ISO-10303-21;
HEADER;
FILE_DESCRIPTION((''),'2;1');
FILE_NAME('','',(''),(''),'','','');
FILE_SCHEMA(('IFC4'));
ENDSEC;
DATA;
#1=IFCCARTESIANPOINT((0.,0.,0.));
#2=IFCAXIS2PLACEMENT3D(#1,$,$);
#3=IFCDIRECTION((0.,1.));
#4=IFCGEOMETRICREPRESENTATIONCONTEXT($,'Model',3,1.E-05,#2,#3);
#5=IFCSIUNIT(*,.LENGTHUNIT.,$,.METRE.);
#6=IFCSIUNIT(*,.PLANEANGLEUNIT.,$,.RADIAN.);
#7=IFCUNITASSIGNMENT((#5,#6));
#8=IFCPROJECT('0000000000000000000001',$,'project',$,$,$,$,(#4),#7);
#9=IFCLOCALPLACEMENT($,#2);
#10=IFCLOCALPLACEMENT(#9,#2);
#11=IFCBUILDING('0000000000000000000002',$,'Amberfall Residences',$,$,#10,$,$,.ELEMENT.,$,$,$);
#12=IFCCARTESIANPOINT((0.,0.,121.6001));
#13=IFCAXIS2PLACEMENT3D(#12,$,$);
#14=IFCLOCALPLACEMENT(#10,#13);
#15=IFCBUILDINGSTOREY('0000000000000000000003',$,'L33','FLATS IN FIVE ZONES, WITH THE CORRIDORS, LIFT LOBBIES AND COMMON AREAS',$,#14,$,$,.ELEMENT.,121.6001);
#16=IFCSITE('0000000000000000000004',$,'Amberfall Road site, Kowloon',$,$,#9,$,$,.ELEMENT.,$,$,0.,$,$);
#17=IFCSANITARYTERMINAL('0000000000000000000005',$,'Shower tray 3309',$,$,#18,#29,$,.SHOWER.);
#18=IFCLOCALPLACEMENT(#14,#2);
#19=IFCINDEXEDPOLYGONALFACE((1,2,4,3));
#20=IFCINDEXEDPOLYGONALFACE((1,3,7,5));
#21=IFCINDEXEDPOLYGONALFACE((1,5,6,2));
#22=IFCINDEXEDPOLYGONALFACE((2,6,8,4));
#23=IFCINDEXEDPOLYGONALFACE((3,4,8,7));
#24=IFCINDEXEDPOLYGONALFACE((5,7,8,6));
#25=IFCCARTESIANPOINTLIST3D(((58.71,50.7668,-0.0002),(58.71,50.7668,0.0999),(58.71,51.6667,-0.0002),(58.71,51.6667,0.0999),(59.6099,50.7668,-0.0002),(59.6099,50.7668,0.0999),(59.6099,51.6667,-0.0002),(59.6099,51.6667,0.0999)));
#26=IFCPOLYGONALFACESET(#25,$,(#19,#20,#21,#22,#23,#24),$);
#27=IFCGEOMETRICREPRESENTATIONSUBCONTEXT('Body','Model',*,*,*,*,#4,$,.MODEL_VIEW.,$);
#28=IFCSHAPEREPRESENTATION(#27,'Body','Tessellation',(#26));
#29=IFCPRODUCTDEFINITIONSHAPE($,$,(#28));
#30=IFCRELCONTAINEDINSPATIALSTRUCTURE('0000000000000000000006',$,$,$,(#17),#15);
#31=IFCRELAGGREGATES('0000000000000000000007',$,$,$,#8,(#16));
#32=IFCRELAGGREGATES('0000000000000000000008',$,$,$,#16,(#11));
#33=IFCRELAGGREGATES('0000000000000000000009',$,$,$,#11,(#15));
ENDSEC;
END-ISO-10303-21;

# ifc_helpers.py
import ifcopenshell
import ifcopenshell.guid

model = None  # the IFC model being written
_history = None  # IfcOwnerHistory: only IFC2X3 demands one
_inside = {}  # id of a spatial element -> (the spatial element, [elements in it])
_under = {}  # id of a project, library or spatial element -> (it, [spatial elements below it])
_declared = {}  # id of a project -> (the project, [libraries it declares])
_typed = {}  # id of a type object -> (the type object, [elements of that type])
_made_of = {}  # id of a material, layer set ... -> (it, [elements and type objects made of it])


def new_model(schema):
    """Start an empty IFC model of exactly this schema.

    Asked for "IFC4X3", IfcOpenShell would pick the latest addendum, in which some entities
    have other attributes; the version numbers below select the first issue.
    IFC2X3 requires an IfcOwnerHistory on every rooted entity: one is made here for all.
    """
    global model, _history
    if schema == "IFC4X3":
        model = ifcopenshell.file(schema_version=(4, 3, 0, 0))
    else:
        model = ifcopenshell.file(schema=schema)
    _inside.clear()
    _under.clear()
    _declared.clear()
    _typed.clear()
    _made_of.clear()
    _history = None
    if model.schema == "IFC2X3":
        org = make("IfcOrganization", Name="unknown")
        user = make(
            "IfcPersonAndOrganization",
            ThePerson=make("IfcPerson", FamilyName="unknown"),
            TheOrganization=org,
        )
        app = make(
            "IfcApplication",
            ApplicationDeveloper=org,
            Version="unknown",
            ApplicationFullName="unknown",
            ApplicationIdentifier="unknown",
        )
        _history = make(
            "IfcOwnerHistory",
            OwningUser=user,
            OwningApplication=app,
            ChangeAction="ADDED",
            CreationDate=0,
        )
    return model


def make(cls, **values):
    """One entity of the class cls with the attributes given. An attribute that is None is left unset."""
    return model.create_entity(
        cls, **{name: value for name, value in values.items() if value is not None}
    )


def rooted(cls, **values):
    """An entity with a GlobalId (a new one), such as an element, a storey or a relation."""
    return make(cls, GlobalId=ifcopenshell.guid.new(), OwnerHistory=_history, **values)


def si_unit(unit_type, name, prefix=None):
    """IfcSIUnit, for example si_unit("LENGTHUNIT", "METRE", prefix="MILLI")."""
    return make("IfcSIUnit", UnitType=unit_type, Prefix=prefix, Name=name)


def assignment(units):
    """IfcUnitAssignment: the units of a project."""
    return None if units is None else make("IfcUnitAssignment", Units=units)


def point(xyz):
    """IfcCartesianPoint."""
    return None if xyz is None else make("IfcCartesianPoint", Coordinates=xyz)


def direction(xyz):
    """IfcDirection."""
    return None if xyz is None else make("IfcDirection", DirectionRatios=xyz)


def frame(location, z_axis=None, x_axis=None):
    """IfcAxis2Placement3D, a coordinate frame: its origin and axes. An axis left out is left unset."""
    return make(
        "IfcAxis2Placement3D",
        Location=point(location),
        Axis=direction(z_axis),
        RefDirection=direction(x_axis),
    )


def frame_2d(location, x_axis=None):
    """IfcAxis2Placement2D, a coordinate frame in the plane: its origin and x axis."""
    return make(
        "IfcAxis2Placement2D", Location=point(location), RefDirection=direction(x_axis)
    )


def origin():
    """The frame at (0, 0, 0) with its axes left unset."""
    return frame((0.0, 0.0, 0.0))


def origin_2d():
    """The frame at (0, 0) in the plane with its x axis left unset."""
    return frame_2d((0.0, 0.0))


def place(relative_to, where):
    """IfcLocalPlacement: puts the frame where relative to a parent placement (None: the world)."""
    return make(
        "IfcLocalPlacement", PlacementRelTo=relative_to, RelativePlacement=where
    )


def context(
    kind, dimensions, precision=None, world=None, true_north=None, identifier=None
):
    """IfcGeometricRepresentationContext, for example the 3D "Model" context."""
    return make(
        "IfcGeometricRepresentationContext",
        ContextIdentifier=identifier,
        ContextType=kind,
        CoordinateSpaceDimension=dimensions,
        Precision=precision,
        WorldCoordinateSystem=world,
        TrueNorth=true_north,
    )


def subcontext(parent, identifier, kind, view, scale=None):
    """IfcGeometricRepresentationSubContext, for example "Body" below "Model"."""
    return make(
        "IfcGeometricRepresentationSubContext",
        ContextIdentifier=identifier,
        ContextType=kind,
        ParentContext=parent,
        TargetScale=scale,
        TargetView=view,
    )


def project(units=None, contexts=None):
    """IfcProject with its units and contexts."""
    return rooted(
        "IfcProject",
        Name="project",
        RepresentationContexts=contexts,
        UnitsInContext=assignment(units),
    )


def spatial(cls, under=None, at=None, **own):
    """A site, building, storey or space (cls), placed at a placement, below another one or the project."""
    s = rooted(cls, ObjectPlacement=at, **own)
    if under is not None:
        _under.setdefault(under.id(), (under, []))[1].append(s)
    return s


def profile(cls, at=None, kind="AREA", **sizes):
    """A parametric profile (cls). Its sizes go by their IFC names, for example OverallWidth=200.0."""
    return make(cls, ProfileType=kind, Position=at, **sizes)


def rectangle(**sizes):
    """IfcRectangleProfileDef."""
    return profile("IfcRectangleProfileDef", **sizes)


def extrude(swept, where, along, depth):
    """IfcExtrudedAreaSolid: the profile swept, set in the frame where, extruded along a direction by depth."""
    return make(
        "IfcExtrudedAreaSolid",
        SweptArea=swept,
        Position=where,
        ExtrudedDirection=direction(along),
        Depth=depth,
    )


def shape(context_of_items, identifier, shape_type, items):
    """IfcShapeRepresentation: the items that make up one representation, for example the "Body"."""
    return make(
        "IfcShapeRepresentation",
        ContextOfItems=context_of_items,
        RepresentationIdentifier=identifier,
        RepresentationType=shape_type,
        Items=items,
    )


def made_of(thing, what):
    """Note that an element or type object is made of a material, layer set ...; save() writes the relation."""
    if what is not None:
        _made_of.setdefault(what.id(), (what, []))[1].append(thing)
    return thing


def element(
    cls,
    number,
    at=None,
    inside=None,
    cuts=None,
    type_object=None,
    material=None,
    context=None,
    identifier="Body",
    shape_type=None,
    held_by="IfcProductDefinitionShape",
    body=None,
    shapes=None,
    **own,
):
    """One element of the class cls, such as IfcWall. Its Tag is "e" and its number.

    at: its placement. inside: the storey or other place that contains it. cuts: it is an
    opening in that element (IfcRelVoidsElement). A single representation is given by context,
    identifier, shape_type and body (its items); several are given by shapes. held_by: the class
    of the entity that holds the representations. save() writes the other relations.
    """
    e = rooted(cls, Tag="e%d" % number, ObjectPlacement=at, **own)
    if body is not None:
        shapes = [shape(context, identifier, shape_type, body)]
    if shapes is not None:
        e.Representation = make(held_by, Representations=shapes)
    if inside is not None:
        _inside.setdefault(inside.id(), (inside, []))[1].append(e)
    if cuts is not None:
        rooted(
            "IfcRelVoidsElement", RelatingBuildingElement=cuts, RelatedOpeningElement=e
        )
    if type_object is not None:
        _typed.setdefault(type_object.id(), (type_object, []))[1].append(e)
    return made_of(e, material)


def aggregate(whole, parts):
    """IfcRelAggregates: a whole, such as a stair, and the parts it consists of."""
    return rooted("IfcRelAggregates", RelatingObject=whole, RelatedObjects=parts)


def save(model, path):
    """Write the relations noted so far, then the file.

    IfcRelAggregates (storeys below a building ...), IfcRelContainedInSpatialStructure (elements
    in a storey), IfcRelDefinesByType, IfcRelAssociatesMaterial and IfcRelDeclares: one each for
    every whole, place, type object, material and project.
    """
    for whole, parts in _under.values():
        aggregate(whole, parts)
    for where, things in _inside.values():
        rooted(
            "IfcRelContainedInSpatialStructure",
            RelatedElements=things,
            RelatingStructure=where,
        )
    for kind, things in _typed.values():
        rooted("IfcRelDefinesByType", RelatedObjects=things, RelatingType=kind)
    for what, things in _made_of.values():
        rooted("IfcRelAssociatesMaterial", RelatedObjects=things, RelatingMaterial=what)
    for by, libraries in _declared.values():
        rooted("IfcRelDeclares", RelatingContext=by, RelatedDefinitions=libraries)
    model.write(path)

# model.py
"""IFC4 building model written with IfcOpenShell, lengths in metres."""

from ifc_helpers import new_model, si_unit, direction, frame, origin, origin_2d, place, context, subcontext, project, spatial, rectangle, extrude, element, save


model = new_model("IFC4")

# Units and contexts
model_context = context("Model", 3, precision=1e-05, world=origin(), true_north=direction((0.0, 1.0)))
body_context = subcontext(model_context, "Body", "Model", "MODEL_VIEW")
ifc_project = project(units=[si_unit("LENGTHUNIT", "METRE"), si_unit("PLANEANGLEUNIT", "RADIAN")], contexts=[model_context])

# Site, building, storey
site_placement = place(None, origin())
site = spatial("IfcSite", under=ifc_project, at=site_placement, Name="Amberfall Road site, Kowloon", CompositionType="ELEMENT", RefElevation=0.0)
building_placement = place(site_placement, origin())
building = spatial("IfcBuilding", under=site, at=building_placement, Name="Amberfall Residences", CompositionType="ELEMENT")
storey_placement = place(building_placement, frame((0.0, 0.0, 121.6001)))
storey = spatial("IfcBuildingStorey", under=building, at=storey_placement, Name="L33", Description="FLATS IN FIVE ZONES, WITH THE CORRIDORS, LIFT LOBBIES AND COMMON AREAS", CompositionType="ELEMENT", Elevation=121.6001)

# Sanitary terminal
sanitary_terminal_1_placement = place(storey_placement, frame((59.1599, 51.2168, -0.0002), z_axis=(0.0, 0.0, 1.0), x_axis=(1.0, 0.0, 0.0)))
element("IfcSanitaryTerminal", 1, at=sanitary_terminal_1_placement, inside=storey, Name="Shower tray 3309", PredefinedType="SHOWER", context=body_context, shape_type="SweptSolid", body=[
    extrude(rectangle(XDim=0.8999, YDim=0.8999, at=origin_2d()), origin(), (0.0, 0.0, 1.0), 0.1001),
])

save(model, "model.ifc")
